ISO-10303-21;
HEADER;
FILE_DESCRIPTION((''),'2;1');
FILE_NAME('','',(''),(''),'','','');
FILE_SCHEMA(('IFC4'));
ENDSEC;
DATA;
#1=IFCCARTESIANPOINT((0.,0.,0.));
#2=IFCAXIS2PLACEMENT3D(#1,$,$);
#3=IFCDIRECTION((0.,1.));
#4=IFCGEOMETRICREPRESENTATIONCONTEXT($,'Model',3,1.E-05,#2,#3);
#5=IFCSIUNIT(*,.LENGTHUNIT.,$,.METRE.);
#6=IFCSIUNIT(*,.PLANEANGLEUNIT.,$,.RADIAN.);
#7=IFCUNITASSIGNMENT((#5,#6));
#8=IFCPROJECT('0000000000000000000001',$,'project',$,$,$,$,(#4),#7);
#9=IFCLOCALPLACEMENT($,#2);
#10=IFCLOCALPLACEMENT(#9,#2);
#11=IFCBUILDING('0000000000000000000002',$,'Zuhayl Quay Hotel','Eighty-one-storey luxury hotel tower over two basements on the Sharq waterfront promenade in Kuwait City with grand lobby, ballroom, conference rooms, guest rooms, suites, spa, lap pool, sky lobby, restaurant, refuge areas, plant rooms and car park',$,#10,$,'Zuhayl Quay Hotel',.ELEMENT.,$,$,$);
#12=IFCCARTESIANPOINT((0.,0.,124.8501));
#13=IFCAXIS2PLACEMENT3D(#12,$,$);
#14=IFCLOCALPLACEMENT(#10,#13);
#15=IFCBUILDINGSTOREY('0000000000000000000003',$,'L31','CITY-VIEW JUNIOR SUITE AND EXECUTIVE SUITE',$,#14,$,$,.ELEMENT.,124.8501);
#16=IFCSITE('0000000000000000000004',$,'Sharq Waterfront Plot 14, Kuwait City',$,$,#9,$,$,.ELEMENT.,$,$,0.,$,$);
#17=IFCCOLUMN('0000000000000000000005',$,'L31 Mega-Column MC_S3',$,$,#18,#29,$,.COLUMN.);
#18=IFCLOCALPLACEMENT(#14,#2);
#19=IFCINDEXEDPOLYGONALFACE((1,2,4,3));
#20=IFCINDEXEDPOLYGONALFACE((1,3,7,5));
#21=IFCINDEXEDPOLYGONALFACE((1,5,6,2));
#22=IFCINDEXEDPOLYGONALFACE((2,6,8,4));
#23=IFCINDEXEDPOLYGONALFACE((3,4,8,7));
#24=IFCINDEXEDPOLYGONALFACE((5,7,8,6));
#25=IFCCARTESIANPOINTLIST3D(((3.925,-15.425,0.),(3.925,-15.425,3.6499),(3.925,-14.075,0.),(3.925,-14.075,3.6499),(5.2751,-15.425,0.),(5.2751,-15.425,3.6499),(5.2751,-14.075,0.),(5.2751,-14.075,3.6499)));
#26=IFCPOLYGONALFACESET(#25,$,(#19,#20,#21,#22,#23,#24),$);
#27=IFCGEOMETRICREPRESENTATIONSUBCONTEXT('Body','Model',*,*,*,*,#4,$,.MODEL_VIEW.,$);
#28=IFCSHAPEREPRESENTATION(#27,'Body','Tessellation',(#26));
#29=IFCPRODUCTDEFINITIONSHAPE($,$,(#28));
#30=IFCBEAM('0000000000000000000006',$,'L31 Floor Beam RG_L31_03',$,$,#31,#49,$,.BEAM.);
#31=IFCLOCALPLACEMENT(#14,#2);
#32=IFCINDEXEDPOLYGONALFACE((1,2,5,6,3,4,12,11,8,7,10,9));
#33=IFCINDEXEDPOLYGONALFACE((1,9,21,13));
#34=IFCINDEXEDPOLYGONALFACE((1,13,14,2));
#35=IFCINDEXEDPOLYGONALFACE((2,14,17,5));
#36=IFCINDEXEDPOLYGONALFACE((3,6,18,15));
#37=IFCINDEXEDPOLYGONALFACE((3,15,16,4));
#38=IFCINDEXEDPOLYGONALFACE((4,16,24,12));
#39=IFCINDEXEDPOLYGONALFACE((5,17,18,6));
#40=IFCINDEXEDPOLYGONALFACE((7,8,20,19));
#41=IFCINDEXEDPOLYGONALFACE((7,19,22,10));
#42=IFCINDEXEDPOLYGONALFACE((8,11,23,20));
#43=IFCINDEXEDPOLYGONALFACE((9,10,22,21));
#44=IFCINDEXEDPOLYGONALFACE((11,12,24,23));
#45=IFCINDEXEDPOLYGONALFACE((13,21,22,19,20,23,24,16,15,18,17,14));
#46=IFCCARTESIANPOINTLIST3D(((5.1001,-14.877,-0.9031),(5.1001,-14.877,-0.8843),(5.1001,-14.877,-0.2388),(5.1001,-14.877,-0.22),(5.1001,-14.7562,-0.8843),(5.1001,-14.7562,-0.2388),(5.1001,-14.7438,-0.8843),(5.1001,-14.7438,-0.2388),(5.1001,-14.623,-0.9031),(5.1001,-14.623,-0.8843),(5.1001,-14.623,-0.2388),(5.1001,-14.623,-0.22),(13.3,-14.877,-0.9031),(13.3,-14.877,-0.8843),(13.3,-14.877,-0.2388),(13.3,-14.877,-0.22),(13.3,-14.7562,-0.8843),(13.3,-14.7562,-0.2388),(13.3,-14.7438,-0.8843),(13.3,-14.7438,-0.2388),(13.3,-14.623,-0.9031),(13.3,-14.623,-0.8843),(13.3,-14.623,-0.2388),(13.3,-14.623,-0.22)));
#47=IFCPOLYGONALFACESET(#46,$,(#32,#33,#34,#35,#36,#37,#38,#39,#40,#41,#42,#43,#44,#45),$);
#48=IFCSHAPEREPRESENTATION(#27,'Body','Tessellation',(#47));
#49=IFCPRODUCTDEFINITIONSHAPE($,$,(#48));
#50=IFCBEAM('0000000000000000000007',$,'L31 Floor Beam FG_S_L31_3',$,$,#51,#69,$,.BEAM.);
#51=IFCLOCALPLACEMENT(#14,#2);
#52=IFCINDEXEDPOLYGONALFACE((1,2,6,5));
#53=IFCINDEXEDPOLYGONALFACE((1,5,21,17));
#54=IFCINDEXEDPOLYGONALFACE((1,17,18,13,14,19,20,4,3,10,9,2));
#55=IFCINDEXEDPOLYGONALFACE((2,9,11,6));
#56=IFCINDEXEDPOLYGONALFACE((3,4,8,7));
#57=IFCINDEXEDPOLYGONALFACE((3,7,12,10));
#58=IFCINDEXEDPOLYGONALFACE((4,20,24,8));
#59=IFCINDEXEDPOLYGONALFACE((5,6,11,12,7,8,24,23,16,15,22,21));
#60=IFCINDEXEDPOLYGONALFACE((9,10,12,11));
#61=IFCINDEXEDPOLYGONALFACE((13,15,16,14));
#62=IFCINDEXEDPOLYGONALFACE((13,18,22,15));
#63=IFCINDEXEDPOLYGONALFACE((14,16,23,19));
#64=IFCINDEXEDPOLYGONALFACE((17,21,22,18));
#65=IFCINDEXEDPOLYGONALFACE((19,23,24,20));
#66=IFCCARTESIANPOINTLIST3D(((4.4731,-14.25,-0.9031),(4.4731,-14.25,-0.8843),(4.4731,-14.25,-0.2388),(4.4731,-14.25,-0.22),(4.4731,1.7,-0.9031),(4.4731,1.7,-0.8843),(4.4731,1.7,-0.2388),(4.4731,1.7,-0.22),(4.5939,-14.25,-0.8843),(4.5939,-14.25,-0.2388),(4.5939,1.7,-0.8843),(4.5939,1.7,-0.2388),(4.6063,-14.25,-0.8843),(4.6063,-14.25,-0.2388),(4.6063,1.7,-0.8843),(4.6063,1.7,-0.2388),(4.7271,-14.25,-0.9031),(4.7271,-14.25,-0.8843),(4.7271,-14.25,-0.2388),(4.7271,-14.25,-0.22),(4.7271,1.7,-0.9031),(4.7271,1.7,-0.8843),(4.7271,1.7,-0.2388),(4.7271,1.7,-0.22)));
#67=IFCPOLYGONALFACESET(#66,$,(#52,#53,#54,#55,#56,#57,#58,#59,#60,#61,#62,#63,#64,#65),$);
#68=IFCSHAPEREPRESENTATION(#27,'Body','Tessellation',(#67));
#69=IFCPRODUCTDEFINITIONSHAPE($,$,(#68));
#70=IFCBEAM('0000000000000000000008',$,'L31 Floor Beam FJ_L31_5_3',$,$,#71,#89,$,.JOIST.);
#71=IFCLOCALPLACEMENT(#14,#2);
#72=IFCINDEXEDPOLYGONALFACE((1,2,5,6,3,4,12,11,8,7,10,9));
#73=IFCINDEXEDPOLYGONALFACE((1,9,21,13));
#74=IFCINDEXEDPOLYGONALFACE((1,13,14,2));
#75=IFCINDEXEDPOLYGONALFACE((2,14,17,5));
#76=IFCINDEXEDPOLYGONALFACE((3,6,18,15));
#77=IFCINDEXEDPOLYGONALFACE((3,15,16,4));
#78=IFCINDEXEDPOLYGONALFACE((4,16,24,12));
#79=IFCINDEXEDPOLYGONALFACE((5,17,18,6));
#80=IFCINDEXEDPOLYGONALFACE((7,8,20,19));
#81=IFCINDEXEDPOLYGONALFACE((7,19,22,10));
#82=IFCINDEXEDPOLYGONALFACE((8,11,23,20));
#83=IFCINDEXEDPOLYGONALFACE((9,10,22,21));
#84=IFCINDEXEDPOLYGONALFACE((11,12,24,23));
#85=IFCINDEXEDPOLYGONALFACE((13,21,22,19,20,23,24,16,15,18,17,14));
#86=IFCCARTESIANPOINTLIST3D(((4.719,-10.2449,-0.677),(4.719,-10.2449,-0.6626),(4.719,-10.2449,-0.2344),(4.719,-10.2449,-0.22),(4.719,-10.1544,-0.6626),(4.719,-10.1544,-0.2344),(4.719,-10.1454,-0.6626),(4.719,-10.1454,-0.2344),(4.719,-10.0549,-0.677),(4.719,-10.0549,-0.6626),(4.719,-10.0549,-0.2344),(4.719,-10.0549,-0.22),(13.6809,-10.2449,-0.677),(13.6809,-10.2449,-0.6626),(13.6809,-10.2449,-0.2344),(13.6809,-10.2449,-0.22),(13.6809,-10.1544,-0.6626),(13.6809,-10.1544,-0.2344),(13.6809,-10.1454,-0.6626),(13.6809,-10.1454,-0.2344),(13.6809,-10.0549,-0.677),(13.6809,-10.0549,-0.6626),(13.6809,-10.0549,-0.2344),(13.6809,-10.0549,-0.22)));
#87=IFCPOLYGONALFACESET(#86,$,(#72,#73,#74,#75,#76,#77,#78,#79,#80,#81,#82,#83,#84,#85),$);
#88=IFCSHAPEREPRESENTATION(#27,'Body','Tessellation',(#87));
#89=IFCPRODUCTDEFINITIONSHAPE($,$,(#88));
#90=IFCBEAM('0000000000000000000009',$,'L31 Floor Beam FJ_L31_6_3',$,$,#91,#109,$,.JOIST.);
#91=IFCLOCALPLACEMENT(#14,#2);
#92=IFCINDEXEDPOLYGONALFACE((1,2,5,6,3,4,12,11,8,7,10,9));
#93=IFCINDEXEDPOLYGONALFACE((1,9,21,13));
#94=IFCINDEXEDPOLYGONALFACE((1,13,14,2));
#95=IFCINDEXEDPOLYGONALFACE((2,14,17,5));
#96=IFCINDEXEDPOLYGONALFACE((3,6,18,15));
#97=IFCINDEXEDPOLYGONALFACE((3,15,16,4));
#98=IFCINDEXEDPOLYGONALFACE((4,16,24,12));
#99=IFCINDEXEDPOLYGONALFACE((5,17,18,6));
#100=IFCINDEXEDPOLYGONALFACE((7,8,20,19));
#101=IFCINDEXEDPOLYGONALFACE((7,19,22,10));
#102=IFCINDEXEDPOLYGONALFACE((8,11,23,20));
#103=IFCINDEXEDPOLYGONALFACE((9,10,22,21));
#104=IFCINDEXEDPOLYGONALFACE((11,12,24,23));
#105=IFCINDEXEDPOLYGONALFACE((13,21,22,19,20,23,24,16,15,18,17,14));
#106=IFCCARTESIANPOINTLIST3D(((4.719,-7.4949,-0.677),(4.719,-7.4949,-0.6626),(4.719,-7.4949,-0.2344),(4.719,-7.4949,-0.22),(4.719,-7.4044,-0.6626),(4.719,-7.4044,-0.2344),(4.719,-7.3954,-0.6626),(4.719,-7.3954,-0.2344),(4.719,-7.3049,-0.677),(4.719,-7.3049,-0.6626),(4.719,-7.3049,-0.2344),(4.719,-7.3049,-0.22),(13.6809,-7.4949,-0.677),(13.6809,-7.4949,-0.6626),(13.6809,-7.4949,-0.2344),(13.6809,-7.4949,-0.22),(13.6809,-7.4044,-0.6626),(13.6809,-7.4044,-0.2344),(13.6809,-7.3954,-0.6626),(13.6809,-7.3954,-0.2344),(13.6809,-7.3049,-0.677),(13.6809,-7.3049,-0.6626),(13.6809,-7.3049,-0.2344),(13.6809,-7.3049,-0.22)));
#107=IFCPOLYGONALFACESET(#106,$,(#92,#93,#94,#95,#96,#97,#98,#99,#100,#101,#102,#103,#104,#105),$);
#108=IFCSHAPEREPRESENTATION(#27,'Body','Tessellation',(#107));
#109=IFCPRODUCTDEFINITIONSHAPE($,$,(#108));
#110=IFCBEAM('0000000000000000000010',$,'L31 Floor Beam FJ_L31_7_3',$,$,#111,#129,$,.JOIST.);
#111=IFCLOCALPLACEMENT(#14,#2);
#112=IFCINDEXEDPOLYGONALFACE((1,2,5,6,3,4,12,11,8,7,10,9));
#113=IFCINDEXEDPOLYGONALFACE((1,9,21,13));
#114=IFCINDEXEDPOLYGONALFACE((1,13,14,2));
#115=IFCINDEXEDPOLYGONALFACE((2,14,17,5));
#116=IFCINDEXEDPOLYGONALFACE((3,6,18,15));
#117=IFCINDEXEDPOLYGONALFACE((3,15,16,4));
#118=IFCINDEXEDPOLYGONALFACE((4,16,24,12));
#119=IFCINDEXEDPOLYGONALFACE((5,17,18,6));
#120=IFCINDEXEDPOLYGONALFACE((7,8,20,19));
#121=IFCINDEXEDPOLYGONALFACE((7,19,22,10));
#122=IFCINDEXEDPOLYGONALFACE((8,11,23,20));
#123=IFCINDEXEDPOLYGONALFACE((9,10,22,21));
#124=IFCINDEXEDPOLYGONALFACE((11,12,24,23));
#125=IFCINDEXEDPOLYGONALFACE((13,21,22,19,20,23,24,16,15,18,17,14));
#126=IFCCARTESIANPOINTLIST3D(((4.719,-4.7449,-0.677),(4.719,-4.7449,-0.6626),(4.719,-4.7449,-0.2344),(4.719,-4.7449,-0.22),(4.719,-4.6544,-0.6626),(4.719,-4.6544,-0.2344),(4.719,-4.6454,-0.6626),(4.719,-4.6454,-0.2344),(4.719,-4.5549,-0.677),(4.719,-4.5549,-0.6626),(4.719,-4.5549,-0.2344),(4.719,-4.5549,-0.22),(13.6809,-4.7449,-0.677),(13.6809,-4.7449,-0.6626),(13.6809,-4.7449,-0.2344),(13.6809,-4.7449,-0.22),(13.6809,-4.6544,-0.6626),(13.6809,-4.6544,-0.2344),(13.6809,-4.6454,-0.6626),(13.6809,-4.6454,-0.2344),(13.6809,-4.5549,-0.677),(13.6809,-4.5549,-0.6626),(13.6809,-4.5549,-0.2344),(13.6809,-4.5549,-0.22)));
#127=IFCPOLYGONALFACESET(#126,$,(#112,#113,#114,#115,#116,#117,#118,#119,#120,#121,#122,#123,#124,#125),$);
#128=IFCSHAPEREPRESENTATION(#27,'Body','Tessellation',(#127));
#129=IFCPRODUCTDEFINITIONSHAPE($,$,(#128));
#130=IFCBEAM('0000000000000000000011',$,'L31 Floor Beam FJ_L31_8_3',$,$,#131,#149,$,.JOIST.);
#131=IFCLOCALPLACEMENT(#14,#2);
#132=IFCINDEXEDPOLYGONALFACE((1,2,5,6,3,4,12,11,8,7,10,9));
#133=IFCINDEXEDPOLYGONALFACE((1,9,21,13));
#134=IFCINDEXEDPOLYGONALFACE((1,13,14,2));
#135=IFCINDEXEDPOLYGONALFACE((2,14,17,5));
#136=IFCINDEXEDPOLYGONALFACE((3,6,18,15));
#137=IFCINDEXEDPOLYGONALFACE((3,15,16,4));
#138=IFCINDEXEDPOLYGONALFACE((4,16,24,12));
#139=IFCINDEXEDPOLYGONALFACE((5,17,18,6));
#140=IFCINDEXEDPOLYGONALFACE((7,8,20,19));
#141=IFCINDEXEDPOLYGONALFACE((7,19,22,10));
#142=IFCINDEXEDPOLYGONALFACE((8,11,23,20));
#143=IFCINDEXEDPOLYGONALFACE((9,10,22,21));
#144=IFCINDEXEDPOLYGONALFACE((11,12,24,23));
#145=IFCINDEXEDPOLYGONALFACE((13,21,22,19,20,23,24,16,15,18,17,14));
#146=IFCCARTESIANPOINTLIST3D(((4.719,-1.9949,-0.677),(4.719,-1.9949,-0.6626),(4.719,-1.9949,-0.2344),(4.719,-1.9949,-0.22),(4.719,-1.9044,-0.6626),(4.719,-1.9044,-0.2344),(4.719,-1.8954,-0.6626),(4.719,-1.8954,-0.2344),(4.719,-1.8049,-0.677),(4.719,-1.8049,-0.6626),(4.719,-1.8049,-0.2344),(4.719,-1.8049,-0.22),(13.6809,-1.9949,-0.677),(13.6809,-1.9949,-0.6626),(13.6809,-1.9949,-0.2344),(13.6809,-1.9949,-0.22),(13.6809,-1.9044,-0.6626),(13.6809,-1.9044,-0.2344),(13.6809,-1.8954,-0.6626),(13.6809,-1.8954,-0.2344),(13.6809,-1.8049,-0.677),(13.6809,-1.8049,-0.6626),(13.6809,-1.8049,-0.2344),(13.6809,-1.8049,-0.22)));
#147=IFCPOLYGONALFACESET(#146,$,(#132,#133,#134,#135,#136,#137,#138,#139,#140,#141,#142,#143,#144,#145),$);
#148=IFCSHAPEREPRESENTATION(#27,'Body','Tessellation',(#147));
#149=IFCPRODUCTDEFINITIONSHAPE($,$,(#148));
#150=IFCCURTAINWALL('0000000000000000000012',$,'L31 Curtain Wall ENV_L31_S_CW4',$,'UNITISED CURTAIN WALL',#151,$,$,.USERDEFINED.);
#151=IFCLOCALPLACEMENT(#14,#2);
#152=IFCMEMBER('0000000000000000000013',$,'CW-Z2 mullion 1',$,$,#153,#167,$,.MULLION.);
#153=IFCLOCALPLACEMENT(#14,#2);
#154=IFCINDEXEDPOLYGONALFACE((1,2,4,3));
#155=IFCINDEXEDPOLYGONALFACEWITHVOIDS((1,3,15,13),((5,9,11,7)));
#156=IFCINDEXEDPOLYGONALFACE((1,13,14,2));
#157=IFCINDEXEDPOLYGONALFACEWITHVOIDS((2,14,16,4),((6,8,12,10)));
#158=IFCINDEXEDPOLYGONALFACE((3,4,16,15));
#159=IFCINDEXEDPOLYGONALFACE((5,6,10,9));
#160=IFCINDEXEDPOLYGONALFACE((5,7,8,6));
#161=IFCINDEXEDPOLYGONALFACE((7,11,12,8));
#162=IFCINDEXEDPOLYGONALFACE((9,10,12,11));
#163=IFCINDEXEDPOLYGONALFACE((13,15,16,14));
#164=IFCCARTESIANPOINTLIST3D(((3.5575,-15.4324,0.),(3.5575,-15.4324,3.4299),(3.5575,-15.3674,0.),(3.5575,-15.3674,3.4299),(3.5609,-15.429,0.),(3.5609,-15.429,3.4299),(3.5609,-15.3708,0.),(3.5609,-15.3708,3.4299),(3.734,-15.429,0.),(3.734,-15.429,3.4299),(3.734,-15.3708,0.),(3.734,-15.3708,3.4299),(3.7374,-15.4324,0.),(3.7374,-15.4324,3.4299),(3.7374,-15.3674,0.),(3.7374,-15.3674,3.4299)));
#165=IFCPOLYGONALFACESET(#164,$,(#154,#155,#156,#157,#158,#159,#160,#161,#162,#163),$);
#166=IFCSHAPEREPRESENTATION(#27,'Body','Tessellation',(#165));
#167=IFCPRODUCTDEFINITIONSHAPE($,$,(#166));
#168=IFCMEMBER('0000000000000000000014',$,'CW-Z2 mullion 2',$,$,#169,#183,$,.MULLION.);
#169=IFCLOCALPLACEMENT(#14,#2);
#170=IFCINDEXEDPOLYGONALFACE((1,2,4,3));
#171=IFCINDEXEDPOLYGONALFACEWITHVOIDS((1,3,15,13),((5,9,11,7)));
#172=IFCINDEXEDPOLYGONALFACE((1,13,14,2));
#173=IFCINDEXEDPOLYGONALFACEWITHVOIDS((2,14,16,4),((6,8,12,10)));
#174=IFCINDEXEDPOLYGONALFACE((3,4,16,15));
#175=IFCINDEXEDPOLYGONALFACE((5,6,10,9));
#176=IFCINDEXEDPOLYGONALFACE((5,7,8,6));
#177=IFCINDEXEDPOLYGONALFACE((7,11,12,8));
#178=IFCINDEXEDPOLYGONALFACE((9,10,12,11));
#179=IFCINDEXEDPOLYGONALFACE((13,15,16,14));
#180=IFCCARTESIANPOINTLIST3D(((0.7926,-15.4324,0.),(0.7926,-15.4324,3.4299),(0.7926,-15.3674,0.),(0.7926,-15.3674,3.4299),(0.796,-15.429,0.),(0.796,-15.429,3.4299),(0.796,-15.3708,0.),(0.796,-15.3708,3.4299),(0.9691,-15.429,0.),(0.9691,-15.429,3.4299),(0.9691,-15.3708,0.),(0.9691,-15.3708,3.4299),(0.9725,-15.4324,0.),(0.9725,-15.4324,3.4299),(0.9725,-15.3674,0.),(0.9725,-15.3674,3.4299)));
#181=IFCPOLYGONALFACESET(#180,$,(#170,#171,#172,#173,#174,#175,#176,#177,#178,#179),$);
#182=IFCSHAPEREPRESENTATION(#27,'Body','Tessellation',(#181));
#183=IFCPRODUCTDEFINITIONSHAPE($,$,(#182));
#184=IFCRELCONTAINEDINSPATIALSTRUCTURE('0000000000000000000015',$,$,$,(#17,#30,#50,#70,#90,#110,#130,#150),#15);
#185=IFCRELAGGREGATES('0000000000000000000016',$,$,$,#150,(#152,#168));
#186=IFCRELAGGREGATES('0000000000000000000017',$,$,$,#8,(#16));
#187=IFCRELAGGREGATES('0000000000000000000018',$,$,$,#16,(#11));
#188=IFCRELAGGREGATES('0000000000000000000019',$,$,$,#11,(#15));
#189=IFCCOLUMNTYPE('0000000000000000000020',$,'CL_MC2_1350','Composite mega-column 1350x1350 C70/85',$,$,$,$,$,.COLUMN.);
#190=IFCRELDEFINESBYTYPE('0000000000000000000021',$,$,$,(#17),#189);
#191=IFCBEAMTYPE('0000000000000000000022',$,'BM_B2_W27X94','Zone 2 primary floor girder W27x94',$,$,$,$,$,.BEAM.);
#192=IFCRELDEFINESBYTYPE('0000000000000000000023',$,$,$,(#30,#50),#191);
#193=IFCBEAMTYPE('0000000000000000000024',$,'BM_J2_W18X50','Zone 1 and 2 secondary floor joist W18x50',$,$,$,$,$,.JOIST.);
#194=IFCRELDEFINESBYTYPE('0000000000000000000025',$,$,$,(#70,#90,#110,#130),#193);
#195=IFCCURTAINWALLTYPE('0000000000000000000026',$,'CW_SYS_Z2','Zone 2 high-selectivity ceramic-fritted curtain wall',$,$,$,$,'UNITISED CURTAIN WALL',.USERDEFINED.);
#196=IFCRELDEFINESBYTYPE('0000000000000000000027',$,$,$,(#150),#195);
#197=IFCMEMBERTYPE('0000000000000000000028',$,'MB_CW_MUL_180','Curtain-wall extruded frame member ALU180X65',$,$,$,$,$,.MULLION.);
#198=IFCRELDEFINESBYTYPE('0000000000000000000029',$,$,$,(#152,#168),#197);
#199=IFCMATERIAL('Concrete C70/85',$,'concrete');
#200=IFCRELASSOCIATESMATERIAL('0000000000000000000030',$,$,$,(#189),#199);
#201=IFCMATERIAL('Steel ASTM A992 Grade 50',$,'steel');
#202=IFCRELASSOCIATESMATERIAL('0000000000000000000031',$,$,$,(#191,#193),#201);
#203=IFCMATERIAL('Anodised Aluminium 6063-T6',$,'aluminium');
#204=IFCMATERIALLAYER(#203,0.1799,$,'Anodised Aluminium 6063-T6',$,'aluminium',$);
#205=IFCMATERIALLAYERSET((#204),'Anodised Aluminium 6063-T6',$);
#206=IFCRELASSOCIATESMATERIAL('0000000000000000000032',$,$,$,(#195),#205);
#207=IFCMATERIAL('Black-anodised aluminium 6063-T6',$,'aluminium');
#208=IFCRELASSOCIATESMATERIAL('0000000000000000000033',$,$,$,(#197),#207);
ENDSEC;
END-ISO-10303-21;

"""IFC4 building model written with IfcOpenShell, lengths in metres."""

from ifc_helpers import new_model, si_unit, direction, frame, origin, origin_2d, place, context, subcontext, project, spatial, rectangle, hollow_rectangle, i_section, extrude, material, layer, layer_set, material_profile, profile_set, type_object, element, aggregate, save


model = new_model("IFC4")

# Units and contexts
model_context = context("Model", 3, precision=1e-05, world=origin(), true_north=direction((0.0, 1.0)))
body_context = subcontext(model_context, "Body", "Model", "MODEL_VIEW")
ifc_project = project(units=[si_unit("LENGTHUNIT", "METRE"), si_unit("PLANEANGLEUNIT", "RADIAN")], contexts=[model_context])

# Site, building, storey
site_placement = place(None, origin())
site = spatial("IfcSite", under=ifc_project, at=site_placement, Name="Sharq Waterfront Plot 14, Kuwait City", CompositionType="ELEMENT", RefElevation=0.0)
building_placement = place(site_placement, origin())
building = spatial("IfcBuilding", under=site, at=building_placement, Name="Zuhayl Quay Hotel", Description="Eighty-one-storey luxury hotel tower over two basements on the Sharq waterfront promenade in Kuwait City with grand lobby, ballroom, conference rooms, guest rooms, suites, spa, lap pool, sky lobby, restaurant, refuge areas, plant rooms and car park", LongName="Zuhayl Quay Hotel", CompositionType="ELEMENT")
storey_placement = place(building_placement, frame((0.0, 0.0, 124.8501)))
storey = spatial("IfcBuildingStorey", under=building, at=storey_placement, Name="L31", Description="CITY-VIEW JUNIOR SUITE AND EXECUTIVE SUITE", CompositionType="ELEMENT", Elevation=124.8501)

# Column
ifc_material_1 = material(Name="Concrete C70/85", Category="concrete")
ifc_material_profile_1 = material_profile(ifc_material_1, rectangle(XDim=1.3501, YDim=1.3501, at=origin_2d()), Name="RC1350X1350")
ifc_profile_set_1 = profile_set([ifc_material_profile_1], Name="Concrete C70/85")
column_type = type_object("IfcColumnType", Name="CL_MC2_1350", Description="Composite mega-column 1350x1350 C70/85", PredefinedType="COLUMN", material=ifc_profile_set_1)
column_placement = place(storey_placement, frame((4.6001, -14.75, 0.0), z_axis=(0.0, 0.0, 1.0), x_axis=(1.0, 0.0, 0.0)))
element("IfcColumn", 1, at=column_placement, inside=storey, type_object=column_type, Name="L31 Mega-Column MC_S3", PredefinedType="COLUMN", context=body_context, shape_type="SweptSolid", body=[
    extrude(rectangle(XDim=1.3501, YDim=1.3501, at=origin_2d()), origin(), (0.0, 0.0, 1.0), 3.6499),
])

# Beams
ifc_material_2 = material(Name="Steel ASTM A992 Grade 50", Category="steel")
ifc_material_profile_2 = material_profile(ifc_material_2, i_section(OverallWidth=0.2539, OverallDepth=0.6831, WebThickness=0.0125, FlangeThickness=0.0188, at=origin_2d()), Name="W27X94")
ifc_profile_set_2 = profile_set([ifc_material_profile_2], Name="Steel ASTM A992 Grade 50")
beam_type_1 = type_object("IfcBeamType", Name="BM_B2_W27X94", Description="Zone 2 primary floor girder W27x94", PredefinedType="BEAM", material=ifc_profile_set_2)
beam_1_placement = place(storey_placement, frame((5.1001, -14.75, -0.5615), z_axis=(1.0, 0.0, 0.0), x_axis=(0.0, 1.0, 0.0)))
element("IfcBeam", 2, at=beam_1_placement, inside=storey, type_object=beam_type_1, Name="L31 Floor Beam RG_L31_03", PredefinedType="BEAM", context=body_context, shape_type="SweptSolid", body=[
    extrude(i_section(OverallWidth=0.2539, OverallDepth=0.6831, WebThickness=0.0125, FlangeThickness=0.0188, at=origin_2d()), origin(), (0.0, 0.0, 1.0), 8.2),
])
beam_2_placement = place(storey_placement, frame((4.6001, -14.25, -0.5615), z_axis=(0.0, 1.0, 0.0), x_axis=(-1.0, 0.0, 0.0)))
element("IfcBeam", 3, at=beam_2_placement, inside=storey, type_object=beam_type_1, Name="L31 Floor Beam FG_S_L31_3", PredefinedType="BEAM", context=body_context, shape_type="SweptSolid", body=[
    extrude(i_section(OverallWidth=0.2539, OverallDepth=0.6831, WebThickness=0.0125, FlangeThickness=0.0188, at=origin_2d()), origin(), (0.0, 0.0, 1.0), 15.95),
])
ifc_material_profile_3 = material_profile(ifc_material_2, i_section(OverallWidth=0.1899, OverallDepth=0.457, WebThickness=0.009, FlangeThickness=0.0144, at=origin_2d()), Name="W18X50")
ifc_profile_set_3 = profile_set([ifc_material_profile_3], Name="Steel ASTM A992 Grade 50")
beam_type_2 = type_object("IfcBeamType", Name="BM_J2_W18X50", Description="Zone 1 and 2 secondary floor joist W18x50", PredefinedType="JOIST", material=ifc_profile_set_3)
for number, where, z_axis, x_axis, name in (
    (4, (4.719, -10.1499, -0.4485), (1.0, 0.0, 0.0), (0.0, 1.0, 0.0), "L31 Floor Beam FJ_L31_5_3"),
    (5, (4.719, -7.3999, -0.4485), (1.0, 0.0, 0.0), (0.0, 1.0, 0.0), "L31 Floor Beam FJ_L31_6_3"),
    (6, (4.719, -4.6499, -0.4485), (1.0, 0.0, 0.0), (0.0, 1.0, 0.0), "L31 Floor Beam FJ_L31_7_3"),
    (7, (4.719, -1.8999, -0.4485), (1.0, 0.0, 0.0), (0.0, 1.0, 0.0), "L31 Floor Beam FJ_L31_8_3"),
):
    element("IfcBeam", number, at=place(storey_placement, frame(where, z_axis=z_axis, x_axis=x_axis)), inside=storey, type_object=beam_type_2, Name=name, PredefinedType="JOIST", context=body_context, shape_type="SweptSolid", body=[
        extrude(i_section(OverallWidth=0.1899, OverallDepth=0.457, WebThickness=0.009, FlangeThickness=0.0144, at=origin_2d()), origin(), (0.0, 0.0, 1.0), 8.9619),
    ])

# Curtain wall, members
ifc_material_3 = material(Name="Anodised Aluminium 6063-T6", Category="aluminium")
ifc_layer_1 = layer(ifc_material_3, 0.1799, Name="Anodised Aluminium 6063-T6", Category="aluminium")
ifc_layer_set_1 = layer_set([ifc_layer_1], Name="Anodised Aluminium 6063-T6")
curtain_wall_type = type_object("IfcCurtainWallType", Name="CW_SYS_Z2", Description="Zone 2 high-selectivity ceramic-fritted curtain wall", ElementType="UNITISED CURTAIN WALL", PredefinedType="USERDEFINED", material=ifc_layer_set_1)
curtain_wall_placement = place(storey_placement, origin())
curtain_wall = element("IfcCurtainWall", 8, at=curtain_wall_placement, inside=storey, type_object=curtain_wall_type, Name="L31 Curtain Wall ENV_L31_S_CW4", ObjectType="UNITISED CURTAIN WALL", PredefinedType="USERDEFINED")
ifc_material_4 = material(Name="Black-anodised aluminium 6063-T6", Category="aluminium")
ifc_material_profile_4 = material_profile(ifc_material_4, hollow_rectangle(XDim=0.0649, YDim=0.1799, WallThickness=0.0034, at=origin_2d()), Name="ALU180X65")
ifc_profile_set_4 = profile_set([ifc_material_profile_4], Name="Black-anodised aluminium 6063-T6")
member_type_1 = type_object("IfcMemberType", Name="MB_CW_MUL_180", Description="Curtain-wall extruded frame member ALU180X65", PredefinedType="MULLION", material=ifc_profile_set_4)
member_1_placement = place(storey_placement, frame((3.6475, -15.3999, 0.0), z_axis=(0.0, 0.0, 1.0), x_axis=(0.0, -1.0, 0.0)))
member_1 = element("IfcMember", 9, at=member_1_placement, type_object=member_type_1, Name="CW-Z2 mullion 1", PredefinedType="MULLION", context=body_context, shape_type="SweptSolid", body=[
    extrude(hollow_rectangle(XDim=0.0649, YDim=0.1799, WallThickness=0.0034, at=origin_2d()), origin(), (0.0, 0.0, 1.0), 3.4299),
])
member_2_placement = place(storey_placement, frame((0.8826, -15.3999, 0.0), z_axis=(0.0, 0.0, 1.0), x_axis=(0.0, -1.0, 0.0)))
member_2 = element("IfcMember", 10, at=member_2_placement, type_object=member_type_1, Name="CW-Z2 mullion 2", PredefinedType="MULLION", context=body_context, shape_type="SweptSolid", body=[
    extrude(hollow_rectangle(XDim=0.0649, YDim=0.1799, WallThickness=0.0034, at=origin_2d()), origin(), (0.0, 0.0, 1.0), 3.4299),
])
aggregate(curtain_wall, [member_1, member_2])

save(model, "model.ifc")
